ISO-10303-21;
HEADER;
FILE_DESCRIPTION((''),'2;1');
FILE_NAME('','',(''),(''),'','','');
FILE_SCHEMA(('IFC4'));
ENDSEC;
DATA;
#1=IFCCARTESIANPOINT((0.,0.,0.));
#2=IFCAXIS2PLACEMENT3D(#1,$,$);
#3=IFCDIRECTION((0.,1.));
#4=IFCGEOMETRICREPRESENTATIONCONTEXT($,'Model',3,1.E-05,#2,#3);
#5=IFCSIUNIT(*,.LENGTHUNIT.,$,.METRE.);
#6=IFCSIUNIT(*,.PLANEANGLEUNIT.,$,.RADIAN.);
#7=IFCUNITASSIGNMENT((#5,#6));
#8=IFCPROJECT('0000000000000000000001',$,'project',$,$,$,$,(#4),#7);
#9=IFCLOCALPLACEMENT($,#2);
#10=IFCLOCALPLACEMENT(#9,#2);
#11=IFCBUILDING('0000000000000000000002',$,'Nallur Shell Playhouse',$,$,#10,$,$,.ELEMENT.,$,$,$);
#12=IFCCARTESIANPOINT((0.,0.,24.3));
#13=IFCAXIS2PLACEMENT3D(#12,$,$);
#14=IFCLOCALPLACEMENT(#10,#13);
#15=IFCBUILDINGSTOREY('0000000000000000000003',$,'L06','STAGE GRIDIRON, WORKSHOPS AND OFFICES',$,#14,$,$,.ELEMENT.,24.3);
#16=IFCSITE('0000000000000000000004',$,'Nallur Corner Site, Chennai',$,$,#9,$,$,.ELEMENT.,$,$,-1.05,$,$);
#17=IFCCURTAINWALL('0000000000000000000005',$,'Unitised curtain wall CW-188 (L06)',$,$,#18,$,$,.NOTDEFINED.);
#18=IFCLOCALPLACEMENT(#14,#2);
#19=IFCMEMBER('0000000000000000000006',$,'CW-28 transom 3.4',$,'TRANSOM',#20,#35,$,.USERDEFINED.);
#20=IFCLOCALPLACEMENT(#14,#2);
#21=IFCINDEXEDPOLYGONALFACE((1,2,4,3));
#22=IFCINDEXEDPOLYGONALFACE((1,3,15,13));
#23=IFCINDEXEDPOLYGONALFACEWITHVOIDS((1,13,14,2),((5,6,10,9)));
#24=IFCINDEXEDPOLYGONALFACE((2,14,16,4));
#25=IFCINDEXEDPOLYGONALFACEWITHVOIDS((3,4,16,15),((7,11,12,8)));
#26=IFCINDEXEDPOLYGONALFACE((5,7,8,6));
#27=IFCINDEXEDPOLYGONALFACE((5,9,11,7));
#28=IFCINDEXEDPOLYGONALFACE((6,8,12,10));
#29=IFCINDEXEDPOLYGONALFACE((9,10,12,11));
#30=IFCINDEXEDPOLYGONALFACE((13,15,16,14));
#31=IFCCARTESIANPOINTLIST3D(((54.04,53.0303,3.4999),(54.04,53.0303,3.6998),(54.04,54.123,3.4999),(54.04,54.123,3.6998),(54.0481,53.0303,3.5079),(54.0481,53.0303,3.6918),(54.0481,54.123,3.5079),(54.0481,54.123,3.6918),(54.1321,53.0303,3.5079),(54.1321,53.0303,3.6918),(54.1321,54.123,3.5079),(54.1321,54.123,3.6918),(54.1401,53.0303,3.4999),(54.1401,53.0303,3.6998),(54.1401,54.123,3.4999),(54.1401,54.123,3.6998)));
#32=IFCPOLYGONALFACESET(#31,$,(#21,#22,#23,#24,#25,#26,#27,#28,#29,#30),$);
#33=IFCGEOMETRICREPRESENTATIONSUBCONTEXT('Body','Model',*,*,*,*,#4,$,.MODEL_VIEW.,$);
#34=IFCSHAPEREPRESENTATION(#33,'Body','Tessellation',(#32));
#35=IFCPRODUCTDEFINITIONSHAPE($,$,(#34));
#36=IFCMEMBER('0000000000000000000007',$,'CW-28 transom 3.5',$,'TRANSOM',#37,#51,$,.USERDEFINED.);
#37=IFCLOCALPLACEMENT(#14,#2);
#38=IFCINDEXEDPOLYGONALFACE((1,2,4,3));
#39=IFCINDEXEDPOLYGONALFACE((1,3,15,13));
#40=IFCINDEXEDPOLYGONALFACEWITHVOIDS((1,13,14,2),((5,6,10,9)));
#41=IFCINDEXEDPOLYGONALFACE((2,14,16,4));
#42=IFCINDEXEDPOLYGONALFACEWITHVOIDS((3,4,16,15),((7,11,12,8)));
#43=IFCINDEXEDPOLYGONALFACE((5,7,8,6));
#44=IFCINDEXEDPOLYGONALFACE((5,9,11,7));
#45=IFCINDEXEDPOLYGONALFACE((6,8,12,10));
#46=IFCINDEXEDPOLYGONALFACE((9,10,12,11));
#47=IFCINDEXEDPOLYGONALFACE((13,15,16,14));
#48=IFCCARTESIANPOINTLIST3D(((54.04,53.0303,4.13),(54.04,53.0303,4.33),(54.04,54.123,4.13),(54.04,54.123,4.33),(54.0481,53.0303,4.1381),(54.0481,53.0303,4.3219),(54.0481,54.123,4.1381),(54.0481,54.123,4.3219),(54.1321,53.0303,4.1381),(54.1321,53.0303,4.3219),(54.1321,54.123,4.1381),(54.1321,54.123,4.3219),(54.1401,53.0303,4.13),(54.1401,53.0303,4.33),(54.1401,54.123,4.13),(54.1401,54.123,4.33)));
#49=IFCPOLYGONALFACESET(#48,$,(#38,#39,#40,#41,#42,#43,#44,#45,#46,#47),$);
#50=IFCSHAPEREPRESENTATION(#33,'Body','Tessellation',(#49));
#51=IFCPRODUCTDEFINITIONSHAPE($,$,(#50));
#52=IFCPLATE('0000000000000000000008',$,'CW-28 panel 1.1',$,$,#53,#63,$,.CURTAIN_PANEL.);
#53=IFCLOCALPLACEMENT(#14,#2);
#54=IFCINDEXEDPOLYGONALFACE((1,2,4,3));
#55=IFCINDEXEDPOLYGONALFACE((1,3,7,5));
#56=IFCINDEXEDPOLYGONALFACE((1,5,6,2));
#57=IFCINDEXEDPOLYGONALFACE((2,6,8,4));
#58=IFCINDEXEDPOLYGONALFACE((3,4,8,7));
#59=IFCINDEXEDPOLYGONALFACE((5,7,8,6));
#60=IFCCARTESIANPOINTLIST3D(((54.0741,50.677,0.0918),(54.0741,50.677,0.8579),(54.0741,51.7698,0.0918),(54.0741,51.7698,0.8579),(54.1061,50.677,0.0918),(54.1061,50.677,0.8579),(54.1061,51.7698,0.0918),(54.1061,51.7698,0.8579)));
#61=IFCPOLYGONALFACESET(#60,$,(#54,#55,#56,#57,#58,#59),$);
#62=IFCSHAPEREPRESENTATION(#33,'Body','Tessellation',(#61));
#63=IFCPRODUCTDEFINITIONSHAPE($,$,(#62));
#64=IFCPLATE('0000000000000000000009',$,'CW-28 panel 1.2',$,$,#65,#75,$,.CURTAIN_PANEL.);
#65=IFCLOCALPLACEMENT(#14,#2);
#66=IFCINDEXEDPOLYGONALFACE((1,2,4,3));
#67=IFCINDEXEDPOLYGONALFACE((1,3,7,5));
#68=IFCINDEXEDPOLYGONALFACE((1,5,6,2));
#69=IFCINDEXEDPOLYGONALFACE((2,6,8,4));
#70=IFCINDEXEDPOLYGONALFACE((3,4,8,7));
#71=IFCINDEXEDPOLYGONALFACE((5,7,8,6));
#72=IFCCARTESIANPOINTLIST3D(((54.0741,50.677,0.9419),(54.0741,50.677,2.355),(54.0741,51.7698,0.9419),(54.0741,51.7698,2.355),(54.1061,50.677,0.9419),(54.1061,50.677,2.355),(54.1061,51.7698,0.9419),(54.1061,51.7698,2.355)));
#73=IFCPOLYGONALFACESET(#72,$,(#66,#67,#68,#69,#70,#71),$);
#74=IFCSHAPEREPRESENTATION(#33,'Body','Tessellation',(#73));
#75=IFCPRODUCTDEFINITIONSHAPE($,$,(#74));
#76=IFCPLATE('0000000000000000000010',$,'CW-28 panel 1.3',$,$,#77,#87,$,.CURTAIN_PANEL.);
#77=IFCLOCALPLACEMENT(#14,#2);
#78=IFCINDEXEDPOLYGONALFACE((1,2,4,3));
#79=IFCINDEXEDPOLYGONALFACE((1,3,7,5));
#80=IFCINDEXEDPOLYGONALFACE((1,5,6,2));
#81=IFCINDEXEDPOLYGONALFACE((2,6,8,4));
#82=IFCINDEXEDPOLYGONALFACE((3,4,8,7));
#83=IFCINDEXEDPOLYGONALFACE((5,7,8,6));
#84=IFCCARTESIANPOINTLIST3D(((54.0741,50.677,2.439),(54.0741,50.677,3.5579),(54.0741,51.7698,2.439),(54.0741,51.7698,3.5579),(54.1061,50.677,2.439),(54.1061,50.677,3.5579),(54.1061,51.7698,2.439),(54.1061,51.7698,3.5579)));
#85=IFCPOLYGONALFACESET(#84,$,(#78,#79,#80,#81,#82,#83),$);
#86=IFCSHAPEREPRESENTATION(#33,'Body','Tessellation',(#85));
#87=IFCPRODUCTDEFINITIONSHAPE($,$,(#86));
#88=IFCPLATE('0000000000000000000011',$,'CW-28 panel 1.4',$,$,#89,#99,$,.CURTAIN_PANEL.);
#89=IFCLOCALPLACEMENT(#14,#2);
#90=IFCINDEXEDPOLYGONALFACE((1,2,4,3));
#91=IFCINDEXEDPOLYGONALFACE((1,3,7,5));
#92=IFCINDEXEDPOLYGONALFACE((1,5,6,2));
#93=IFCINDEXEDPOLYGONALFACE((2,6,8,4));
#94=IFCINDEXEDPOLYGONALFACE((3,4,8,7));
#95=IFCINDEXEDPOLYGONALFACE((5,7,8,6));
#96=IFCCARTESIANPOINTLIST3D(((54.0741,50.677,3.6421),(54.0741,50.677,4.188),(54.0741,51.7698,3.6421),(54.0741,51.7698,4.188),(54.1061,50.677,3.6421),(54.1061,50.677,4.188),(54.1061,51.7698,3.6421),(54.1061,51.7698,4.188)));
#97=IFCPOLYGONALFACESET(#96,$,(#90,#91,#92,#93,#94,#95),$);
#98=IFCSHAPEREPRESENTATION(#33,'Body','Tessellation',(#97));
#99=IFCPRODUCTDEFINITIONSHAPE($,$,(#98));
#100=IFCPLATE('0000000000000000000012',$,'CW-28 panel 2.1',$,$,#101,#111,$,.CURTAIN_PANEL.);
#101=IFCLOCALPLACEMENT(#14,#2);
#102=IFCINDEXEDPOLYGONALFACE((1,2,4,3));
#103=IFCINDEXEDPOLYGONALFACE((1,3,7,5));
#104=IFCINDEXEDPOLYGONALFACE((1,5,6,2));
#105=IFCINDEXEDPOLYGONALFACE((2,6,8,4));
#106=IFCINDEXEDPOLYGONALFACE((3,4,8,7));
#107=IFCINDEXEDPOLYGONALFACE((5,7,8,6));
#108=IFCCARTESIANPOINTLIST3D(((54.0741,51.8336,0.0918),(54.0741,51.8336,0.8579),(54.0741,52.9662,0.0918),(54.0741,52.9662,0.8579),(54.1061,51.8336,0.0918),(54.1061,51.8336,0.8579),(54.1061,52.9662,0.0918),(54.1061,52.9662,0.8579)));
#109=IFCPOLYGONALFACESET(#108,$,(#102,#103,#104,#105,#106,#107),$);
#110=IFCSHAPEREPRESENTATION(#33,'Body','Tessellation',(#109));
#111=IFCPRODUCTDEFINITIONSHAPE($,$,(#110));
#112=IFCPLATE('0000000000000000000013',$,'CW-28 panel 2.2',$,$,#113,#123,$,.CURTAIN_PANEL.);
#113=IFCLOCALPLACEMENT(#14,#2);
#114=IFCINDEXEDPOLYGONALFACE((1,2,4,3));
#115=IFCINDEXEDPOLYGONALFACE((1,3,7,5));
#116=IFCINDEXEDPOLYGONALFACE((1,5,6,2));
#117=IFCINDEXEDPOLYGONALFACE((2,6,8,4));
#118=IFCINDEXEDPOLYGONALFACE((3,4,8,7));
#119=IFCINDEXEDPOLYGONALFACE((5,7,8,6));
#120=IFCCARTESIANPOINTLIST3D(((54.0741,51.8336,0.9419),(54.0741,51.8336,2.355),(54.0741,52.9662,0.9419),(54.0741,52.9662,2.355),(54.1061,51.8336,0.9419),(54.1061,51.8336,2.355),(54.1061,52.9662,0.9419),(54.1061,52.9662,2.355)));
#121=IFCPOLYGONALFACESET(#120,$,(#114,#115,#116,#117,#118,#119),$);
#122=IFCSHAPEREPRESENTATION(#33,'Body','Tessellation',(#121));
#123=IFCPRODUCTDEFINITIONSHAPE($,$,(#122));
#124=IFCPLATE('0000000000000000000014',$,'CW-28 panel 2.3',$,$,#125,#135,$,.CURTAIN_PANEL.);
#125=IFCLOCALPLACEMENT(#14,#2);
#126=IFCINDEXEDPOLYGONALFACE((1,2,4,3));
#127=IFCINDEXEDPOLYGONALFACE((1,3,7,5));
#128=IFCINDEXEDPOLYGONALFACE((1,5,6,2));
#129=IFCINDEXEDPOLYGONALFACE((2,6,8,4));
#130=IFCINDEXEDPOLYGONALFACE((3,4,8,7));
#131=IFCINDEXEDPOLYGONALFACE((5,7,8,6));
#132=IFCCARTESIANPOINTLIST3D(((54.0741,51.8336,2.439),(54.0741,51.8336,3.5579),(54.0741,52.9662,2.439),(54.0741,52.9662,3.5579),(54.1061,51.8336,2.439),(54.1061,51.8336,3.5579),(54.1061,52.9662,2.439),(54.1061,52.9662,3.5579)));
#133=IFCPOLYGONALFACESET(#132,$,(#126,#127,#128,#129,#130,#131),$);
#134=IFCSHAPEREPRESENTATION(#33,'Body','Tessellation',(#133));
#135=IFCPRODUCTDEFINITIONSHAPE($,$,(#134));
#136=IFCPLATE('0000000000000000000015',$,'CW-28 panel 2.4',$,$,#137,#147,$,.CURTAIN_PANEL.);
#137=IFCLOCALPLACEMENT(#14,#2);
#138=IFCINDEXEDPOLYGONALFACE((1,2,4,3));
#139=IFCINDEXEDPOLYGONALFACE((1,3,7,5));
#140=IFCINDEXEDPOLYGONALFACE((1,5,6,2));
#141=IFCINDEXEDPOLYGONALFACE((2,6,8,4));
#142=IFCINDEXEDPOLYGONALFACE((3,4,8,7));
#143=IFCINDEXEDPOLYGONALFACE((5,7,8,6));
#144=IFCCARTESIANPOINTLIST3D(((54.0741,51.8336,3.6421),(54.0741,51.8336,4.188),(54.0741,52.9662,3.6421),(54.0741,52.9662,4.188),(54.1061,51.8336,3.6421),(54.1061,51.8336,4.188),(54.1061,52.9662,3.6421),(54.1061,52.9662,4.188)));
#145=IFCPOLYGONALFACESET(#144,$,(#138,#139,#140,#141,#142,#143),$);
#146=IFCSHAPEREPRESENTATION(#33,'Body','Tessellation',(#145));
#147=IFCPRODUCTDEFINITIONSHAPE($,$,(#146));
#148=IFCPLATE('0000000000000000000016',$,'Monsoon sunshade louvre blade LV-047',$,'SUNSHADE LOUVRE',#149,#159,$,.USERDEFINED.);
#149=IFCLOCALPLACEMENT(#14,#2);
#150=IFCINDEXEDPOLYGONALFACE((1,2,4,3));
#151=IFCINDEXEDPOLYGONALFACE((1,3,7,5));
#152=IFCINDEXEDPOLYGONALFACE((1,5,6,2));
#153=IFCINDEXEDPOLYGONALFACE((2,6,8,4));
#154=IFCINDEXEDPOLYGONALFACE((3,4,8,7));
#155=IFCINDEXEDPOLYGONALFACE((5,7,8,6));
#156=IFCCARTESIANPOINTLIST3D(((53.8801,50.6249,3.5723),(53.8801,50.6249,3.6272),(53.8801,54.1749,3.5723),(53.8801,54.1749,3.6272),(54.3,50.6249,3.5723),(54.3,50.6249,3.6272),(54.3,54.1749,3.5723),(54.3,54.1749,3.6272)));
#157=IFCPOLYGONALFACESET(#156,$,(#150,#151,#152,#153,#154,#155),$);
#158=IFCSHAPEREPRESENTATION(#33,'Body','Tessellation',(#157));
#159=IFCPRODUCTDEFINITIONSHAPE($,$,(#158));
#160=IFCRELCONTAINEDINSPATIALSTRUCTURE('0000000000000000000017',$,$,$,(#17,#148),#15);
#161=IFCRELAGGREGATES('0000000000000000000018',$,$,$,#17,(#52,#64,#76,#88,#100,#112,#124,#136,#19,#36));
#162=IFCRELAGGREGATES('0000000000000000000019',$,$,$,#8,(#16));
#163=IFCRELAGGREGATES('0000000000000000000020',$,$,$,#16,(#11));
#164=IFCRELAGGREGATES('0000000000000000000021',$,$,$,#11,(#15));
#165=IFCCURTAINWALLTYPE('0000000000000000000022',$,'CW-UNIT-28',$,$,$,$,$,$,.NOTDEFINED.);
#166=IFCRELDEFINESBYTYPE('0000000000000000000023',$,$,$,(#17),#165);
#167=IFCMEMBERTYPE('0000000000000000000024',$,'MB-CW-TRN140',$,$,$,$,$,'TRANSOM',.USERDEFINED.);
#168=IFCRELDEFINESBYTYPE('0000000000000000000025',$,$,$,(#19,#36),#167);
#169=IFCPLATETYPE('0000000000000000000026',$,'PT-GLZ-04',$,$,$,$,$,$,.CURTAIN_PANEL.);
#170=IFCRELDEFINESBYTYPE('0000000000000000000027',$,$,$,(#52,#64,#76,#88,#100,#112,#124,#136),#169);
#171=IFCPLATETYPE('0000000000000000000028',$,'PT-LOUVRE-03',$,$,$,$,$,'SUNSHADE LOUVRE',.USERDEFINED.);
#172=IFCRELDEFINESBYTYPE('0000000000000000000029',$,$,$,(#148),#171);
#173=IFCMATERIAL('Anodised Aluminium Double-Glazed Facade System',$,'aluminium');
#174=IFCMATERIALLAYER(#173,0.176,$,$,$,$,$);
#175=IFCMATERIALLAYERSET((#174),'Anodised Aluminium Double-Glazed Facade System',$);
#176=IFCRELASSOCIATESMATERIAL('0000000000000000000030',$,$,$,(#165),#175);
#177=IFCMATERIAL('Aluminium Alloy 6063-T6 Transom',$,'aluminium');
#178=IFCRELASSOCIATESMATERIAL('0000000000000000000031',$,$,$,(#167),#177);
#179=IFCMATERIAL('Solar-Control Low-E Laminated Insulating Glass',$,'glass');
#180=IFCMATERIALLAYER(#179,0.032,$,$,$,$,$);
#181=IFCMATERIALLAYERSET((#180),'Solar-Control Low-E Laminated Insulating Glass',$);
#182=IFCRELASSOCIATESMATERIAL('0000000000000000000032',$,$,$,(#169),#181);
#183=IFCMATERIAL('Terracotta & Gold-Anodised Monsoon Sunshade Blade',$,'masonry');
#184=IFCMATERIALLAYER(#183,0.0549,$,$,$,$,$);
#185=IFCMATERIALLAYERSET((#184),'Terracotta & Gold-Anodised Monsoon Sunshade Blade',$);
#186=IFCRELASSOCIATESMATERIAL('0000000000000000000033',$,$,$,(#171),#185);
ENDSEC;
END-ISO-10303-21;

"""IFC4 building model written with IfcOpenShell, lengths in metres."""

from ifc_helpers import new_model, si_unit, direction, frame, origin, origin_2d, place, context, subcontext, project, spatial, rectangle, hollow_rectangle, extrude, material, layer, layer_set, material_profile, profile_set, type_object, element, aggregate, save


model = new_model("IFC4")

# Units and contexts
model_context = context("Model", 3, precision=1e-05, world=origin(), true_north=direction((0.0, 1.0)))
body_context = subcontext(model_context, "Body", "Model", "MODEL_VIEW")
ifc_project = project(units=[si_unit("LENGTHUNIT", "METRE"), si_unit("PLANEANGLEUNIT", "RADIAN")], contexts=[model_context])

# Site, building, storey
site_placement = place(None, origin())
site = spatial("IfcSite", under=ifc_project, at=site_placement, Name="Nallur Corner Site, Chennai", CompositionType="ELEMENT", RefElevation=-1.05)
building_placement = place(site_placement, origin())
building = spatial("IfcBuilding", under=site, at=building_placement, Name="Nallur Shell Playhouse", CompositionType="ELEMENT")
storey_placement = place(building_placement, frame((0.0, 0.0, 24.3)))
storey = spatial("IfcBuildingStorey", under=building, at=storey_placement, Name="L06", Description="STAGE GRIDIRON, WORKSHOPS AND OFFICES", CompositionType="ELEMENT", Elevation=24.3)

# Curtain wall, members, plates
ifc_material_1 = material(Name="Anodised Aluminium Double-Glazed Facade System", Category="aluminium")
ifc_layer_1 = layer(ifc_material_1, 0.176)
ifc_layer_set_1 = layer_set([ifc_layer_1], Name="Anodised Aluminium Double-Glazed Facade System")
curtain_wall_type = type_object("IfcCurtainWallType", Name="CW-UNIT-28", PredefinedType="NOTDEFINED", material=ifc_layer_set_1)
curtain_wall_placement = place(storey_placement, origin())
curtain_wall = element("IfcCurtainWall", 1, at=curtain_wall_placement, inside=storey, type_object=curtain_wall_type, Name="Unitised curtain wall CW-188 (L06)", PredefinedType="NOTDEFINED")
ifc_material_2 = material(Name="Aluminium Alloy 6063-T6 Transom", Category="aluminium")
ifc_material_profile_1 = material_profile(ifc_material_2, hollow_rectangle(XDim=0.1001, YDim=0.2, WallThickness=0.0081, at=origin_2d()), Name="RHS 200x100x8")
ifc_profile_set_1 = profile_set([ifc_material_profile_1], Name="Aluminium Alloy 6063-T6 Transom")
member_type_1 = type_object("IfcMemberType", Name="MB-CW-TRN140", ElementType="TRANSOM", PredefinedType="USERDEFINED", material=ifc_profile_set_1)
member_1_placement = place(storey_placement, frame((54.0901, 53.0303, 3.5999), z_axis=(0.0, 1.0, 0.0), x_axis=(-1.0, 0.0, 0.0)))
member_1 = element("IfcMember", 2, at=member_1_placement, type_object=member_type_1, Name="CW-28 transom 3.4", ObjectType="TRANSOM", PredefinedType="USERDEFINED", context=body_context, shape_type="SweptSolid", body=[
    extrude(hollow_rectangle(XDim=0.1001, YDim=0.2, WallThickness=0.0081, at=origin_2d()), origin(), (0.0, 0.0, 1.0), 1.0928),
])
member_2_placement = place(storey_placement, frame((54.0901, 53.0303, 4.23), z_axis=(0.0, 1.0, 0.0), x_axis=(-1.0, 0.0, 0.0)))
member_2 = element("IfcMember", 3, at=member_2_placement, type_object=member_type_1, Name="CW-28 transom 3.5", ObjectType="TRANSOM", PredefinedType="USERDEFINED", context=body_context, shape_type="SweptSolid", body=[
    extrude(hollow_rectangle(XDim=0.1001, YDim=0.2, WallThickness=0.0081, at=origin_2d()), origin(), (0.0, 0.0, 1.0), 1.0928),
])
ifc_material_3 = material(Name="Solar-Control Low-E Laminated Insulating Glass", Category="glass")
ifc_layer_2 = layer(ifc_material_3, 0.032)
ifc_layer_set_2 = layer_set([ifc_layer_2], Name="Solar-Control Low-E Laminated Insulating Glass")
plate_type_1 = type_object("IfcPlateType", Name="PT-GLZ-04", PredefinedType="CURTAIN_PANEL", material=ifc_layer_set_2)
plate_1_placement = place(storey_placement, frame((54.0901, 51.2234, 0.0918), z_axis=(0.0, 0.0, 1.0), x_axis=(0.0, 1.0, 0.0)))
plate_1 = element("IfcPlate", 4, at=plate_1_placement, type_object=plate_type_1, Name="CW-28 panel 1.1", PredefinedType="CURTAIN_PANEL", context=body_context, shape_type="SweptSolid", body=[
    extrude(rectangle(XDim=1.0928, YDim=0.032, at=origin_2d()), origin(), (0.0, 0.0, 1.0), 0.7661),
])
plate_2_placement = place(storey_placement, frame((54.0901, 51.2234, 0.9419), z_axis=(0.0, 0.0, 1.0), x_axis=(0.0, 1.0, 0.0)))
plate_2 = element("IfcPlate", 5, at=plate_2_placement, type_object=plate_type_1, Name="CW-28 panel 1.2", PredefinedType="CURTAIN_PANEL", context=body_context, shape_type="SweptSolid", body=[
    extrude(rectangle(XDim=1.0928, YDim=0.032, at=origin_2d()), origin(), (0.0, 0.0, 1.0), 1.4131),
])
plate_3_placement = place(storey_placement, frame((54.0901, 51.2234, 2.439), z_axis=(0.0, 0.0, 1.0), x_axis=(0.0, 1.0, 0.0)))
plate_3 = element("IfcPlate", 6, at=plate_3_placement, type_object=plate_type_1, Name="CW-28 panel 1.3", PredefinedType="CURTAIN_PANEL", context=body_context, shape_type="SweptSolid", body=[
    extrude(rectangle(XDim=1.0928, YDim=0.032, at=origin_2d()), origin(), (0.0, 0.0, 1.0), 1.1189),
])
plate_4_placement = place(storey_placement, frame((54.0901, 51.2234, 3.6421), z_axis=(0.0, 0.0, 1.0), x_axis=(0.0, 1.0, 0.0)))
plate_4 = element("IfcPlate", 7, at=plate_4_placement, type_object=plate_type_1, Name="CW-28 panel 1.4", PredefinedType="CURTAIN_PANEL", context=body_context, shape_type="SweptSolid", body=[
    extrude(rectangle(XDim=1.0928, YDim=0.032, at=origin_2d()), origin(), (0.0, 0.0, 1.0), 0.5459),
])
plate_5_placement = place(storey_placement, frame((54.0901, 52.3999, 0.0918), z_axis=(0.0, 0.0, 1.0), x_axis=(0.0, 1.0, 0.0)))
plate_5 = element("IfcPlate", 8, at=plate_5_placement, type_object=plate_type_1, Name="CW-28 panel 2.1", PredefinedType="CURTAIN_PANEL", context=body_context, shape_type="SweptSolid", body=[
    extrude(rectangle(XDim=1.1326, YDim=0.032, at=origin_2d()), origin(), (0.0, 0.0, 1.0), 0.7661),
])
plate_6_placement = place(storey_placement, frame((54.0901, 52.3999, 0.9419), z_axis=(0.0, 0.0, 1.0), x_axis=(0.0, 1.0, 0.0)))
plate_6 = element("IfcPlate", 9, at=plate_6_placement, type_object=plate_type_1, Name="CW-28 panel 2.2", PredefinedType="CURTAIN_PANEL", context=body_context, shape_type="SweptSolid", body=[
    extrude(rectangle(XDim=1.1326, YDim=0.032, at=origin_2d()), origin(), (0.0, 0.0, 1.0), 1.4131),
])
plate_7_placement = place(storey_placement, frame((54.0901, 52.3999, 2.439), z_axis=(0.0, 0.0, 1.0), x_axis=(0.0, 1.0, 0.0)))
plate_7 = element("IfcPlate", 10, at=plate_7_placement, type_object=plate_type_1, Name="CW-28 panel 2.3", PredefinedType="CURTAIN_PANEL", context=body_context, shape_type="SweptSolid", body=[
    extrude(rectangle(XDim=1.1326, YDim=0.032, at=origin_2d()), origin(), (0.0, 0.0, 1.0), 1.1189),
])
plate_8_placement = place(storey_placement, frame((54.0901, 52.3999, 3.6421), z_axis=(0.0, 0.0, 1.0), x_axis=(0.0, 1.0, 0.0)))
plate_8 = element("IfcPlate", 11, at=plate_8_placement, type_object=plate_type_1, Name="CW-28 panel 2.4", PredefinedType="CURTAIN_PANEL", context=body_context, shape_type="SweptSolid", body=[
    extrude(rectangle(XDim=1.1326, YDim=0.032, at=origin_2d()), origin(), (0.0, 0.0, 1.0), 0.5459),
])
aggregate(curtain_wall, [plate_1, plate_2, plate_3, plate_4, plate_5, plate_6, plate_7, plate_8, member_1, member_2])

# Plate
ifc_material_4 = material(Name="Terracotta & Gold-Anodised Monsoon Sunshade Blade", Category="masonry")
ifc_layer_3 = layer(ifc_material_4, 0.0549)
ifc_layer_set_3 = layer_set([ifc_layer_3], Name="Terracotta & Gold-Anodised Monsoon Sunshade Blade")
plate_type_2 = type_object("IfcPlateType", Name="PT-LOUVRE-03", ElementType="SUNSHADE LOUVRE", PredefinedType="USERDEFINED", material=ifc_layer_set_3)
plate_9_placement = place(storey_placement, frame((54.0901, 52.3999, 3.5723), z_axis=(0.0, 0.0, 1.0), x_axis=(0.0, 1.0, 0.0)))
element("IfcPlate", 12, at=plate_9_placement, inside=storey, type_object=plate_type_2, Name="Monsoon sunshade louvre blade LV-047", ObjectType="SUNSHADE LOUVRE", PredefinedType="USERDEFINED", context=body_context, shape_type="SweptSolid", body=[
    extrude(rectangle(XDim=3.55, YDim=0.4199, at=origin_2d()), origin(), (0.0, 0.0, 1.0), 0.0549),
])

save(model, "model.ifc")
